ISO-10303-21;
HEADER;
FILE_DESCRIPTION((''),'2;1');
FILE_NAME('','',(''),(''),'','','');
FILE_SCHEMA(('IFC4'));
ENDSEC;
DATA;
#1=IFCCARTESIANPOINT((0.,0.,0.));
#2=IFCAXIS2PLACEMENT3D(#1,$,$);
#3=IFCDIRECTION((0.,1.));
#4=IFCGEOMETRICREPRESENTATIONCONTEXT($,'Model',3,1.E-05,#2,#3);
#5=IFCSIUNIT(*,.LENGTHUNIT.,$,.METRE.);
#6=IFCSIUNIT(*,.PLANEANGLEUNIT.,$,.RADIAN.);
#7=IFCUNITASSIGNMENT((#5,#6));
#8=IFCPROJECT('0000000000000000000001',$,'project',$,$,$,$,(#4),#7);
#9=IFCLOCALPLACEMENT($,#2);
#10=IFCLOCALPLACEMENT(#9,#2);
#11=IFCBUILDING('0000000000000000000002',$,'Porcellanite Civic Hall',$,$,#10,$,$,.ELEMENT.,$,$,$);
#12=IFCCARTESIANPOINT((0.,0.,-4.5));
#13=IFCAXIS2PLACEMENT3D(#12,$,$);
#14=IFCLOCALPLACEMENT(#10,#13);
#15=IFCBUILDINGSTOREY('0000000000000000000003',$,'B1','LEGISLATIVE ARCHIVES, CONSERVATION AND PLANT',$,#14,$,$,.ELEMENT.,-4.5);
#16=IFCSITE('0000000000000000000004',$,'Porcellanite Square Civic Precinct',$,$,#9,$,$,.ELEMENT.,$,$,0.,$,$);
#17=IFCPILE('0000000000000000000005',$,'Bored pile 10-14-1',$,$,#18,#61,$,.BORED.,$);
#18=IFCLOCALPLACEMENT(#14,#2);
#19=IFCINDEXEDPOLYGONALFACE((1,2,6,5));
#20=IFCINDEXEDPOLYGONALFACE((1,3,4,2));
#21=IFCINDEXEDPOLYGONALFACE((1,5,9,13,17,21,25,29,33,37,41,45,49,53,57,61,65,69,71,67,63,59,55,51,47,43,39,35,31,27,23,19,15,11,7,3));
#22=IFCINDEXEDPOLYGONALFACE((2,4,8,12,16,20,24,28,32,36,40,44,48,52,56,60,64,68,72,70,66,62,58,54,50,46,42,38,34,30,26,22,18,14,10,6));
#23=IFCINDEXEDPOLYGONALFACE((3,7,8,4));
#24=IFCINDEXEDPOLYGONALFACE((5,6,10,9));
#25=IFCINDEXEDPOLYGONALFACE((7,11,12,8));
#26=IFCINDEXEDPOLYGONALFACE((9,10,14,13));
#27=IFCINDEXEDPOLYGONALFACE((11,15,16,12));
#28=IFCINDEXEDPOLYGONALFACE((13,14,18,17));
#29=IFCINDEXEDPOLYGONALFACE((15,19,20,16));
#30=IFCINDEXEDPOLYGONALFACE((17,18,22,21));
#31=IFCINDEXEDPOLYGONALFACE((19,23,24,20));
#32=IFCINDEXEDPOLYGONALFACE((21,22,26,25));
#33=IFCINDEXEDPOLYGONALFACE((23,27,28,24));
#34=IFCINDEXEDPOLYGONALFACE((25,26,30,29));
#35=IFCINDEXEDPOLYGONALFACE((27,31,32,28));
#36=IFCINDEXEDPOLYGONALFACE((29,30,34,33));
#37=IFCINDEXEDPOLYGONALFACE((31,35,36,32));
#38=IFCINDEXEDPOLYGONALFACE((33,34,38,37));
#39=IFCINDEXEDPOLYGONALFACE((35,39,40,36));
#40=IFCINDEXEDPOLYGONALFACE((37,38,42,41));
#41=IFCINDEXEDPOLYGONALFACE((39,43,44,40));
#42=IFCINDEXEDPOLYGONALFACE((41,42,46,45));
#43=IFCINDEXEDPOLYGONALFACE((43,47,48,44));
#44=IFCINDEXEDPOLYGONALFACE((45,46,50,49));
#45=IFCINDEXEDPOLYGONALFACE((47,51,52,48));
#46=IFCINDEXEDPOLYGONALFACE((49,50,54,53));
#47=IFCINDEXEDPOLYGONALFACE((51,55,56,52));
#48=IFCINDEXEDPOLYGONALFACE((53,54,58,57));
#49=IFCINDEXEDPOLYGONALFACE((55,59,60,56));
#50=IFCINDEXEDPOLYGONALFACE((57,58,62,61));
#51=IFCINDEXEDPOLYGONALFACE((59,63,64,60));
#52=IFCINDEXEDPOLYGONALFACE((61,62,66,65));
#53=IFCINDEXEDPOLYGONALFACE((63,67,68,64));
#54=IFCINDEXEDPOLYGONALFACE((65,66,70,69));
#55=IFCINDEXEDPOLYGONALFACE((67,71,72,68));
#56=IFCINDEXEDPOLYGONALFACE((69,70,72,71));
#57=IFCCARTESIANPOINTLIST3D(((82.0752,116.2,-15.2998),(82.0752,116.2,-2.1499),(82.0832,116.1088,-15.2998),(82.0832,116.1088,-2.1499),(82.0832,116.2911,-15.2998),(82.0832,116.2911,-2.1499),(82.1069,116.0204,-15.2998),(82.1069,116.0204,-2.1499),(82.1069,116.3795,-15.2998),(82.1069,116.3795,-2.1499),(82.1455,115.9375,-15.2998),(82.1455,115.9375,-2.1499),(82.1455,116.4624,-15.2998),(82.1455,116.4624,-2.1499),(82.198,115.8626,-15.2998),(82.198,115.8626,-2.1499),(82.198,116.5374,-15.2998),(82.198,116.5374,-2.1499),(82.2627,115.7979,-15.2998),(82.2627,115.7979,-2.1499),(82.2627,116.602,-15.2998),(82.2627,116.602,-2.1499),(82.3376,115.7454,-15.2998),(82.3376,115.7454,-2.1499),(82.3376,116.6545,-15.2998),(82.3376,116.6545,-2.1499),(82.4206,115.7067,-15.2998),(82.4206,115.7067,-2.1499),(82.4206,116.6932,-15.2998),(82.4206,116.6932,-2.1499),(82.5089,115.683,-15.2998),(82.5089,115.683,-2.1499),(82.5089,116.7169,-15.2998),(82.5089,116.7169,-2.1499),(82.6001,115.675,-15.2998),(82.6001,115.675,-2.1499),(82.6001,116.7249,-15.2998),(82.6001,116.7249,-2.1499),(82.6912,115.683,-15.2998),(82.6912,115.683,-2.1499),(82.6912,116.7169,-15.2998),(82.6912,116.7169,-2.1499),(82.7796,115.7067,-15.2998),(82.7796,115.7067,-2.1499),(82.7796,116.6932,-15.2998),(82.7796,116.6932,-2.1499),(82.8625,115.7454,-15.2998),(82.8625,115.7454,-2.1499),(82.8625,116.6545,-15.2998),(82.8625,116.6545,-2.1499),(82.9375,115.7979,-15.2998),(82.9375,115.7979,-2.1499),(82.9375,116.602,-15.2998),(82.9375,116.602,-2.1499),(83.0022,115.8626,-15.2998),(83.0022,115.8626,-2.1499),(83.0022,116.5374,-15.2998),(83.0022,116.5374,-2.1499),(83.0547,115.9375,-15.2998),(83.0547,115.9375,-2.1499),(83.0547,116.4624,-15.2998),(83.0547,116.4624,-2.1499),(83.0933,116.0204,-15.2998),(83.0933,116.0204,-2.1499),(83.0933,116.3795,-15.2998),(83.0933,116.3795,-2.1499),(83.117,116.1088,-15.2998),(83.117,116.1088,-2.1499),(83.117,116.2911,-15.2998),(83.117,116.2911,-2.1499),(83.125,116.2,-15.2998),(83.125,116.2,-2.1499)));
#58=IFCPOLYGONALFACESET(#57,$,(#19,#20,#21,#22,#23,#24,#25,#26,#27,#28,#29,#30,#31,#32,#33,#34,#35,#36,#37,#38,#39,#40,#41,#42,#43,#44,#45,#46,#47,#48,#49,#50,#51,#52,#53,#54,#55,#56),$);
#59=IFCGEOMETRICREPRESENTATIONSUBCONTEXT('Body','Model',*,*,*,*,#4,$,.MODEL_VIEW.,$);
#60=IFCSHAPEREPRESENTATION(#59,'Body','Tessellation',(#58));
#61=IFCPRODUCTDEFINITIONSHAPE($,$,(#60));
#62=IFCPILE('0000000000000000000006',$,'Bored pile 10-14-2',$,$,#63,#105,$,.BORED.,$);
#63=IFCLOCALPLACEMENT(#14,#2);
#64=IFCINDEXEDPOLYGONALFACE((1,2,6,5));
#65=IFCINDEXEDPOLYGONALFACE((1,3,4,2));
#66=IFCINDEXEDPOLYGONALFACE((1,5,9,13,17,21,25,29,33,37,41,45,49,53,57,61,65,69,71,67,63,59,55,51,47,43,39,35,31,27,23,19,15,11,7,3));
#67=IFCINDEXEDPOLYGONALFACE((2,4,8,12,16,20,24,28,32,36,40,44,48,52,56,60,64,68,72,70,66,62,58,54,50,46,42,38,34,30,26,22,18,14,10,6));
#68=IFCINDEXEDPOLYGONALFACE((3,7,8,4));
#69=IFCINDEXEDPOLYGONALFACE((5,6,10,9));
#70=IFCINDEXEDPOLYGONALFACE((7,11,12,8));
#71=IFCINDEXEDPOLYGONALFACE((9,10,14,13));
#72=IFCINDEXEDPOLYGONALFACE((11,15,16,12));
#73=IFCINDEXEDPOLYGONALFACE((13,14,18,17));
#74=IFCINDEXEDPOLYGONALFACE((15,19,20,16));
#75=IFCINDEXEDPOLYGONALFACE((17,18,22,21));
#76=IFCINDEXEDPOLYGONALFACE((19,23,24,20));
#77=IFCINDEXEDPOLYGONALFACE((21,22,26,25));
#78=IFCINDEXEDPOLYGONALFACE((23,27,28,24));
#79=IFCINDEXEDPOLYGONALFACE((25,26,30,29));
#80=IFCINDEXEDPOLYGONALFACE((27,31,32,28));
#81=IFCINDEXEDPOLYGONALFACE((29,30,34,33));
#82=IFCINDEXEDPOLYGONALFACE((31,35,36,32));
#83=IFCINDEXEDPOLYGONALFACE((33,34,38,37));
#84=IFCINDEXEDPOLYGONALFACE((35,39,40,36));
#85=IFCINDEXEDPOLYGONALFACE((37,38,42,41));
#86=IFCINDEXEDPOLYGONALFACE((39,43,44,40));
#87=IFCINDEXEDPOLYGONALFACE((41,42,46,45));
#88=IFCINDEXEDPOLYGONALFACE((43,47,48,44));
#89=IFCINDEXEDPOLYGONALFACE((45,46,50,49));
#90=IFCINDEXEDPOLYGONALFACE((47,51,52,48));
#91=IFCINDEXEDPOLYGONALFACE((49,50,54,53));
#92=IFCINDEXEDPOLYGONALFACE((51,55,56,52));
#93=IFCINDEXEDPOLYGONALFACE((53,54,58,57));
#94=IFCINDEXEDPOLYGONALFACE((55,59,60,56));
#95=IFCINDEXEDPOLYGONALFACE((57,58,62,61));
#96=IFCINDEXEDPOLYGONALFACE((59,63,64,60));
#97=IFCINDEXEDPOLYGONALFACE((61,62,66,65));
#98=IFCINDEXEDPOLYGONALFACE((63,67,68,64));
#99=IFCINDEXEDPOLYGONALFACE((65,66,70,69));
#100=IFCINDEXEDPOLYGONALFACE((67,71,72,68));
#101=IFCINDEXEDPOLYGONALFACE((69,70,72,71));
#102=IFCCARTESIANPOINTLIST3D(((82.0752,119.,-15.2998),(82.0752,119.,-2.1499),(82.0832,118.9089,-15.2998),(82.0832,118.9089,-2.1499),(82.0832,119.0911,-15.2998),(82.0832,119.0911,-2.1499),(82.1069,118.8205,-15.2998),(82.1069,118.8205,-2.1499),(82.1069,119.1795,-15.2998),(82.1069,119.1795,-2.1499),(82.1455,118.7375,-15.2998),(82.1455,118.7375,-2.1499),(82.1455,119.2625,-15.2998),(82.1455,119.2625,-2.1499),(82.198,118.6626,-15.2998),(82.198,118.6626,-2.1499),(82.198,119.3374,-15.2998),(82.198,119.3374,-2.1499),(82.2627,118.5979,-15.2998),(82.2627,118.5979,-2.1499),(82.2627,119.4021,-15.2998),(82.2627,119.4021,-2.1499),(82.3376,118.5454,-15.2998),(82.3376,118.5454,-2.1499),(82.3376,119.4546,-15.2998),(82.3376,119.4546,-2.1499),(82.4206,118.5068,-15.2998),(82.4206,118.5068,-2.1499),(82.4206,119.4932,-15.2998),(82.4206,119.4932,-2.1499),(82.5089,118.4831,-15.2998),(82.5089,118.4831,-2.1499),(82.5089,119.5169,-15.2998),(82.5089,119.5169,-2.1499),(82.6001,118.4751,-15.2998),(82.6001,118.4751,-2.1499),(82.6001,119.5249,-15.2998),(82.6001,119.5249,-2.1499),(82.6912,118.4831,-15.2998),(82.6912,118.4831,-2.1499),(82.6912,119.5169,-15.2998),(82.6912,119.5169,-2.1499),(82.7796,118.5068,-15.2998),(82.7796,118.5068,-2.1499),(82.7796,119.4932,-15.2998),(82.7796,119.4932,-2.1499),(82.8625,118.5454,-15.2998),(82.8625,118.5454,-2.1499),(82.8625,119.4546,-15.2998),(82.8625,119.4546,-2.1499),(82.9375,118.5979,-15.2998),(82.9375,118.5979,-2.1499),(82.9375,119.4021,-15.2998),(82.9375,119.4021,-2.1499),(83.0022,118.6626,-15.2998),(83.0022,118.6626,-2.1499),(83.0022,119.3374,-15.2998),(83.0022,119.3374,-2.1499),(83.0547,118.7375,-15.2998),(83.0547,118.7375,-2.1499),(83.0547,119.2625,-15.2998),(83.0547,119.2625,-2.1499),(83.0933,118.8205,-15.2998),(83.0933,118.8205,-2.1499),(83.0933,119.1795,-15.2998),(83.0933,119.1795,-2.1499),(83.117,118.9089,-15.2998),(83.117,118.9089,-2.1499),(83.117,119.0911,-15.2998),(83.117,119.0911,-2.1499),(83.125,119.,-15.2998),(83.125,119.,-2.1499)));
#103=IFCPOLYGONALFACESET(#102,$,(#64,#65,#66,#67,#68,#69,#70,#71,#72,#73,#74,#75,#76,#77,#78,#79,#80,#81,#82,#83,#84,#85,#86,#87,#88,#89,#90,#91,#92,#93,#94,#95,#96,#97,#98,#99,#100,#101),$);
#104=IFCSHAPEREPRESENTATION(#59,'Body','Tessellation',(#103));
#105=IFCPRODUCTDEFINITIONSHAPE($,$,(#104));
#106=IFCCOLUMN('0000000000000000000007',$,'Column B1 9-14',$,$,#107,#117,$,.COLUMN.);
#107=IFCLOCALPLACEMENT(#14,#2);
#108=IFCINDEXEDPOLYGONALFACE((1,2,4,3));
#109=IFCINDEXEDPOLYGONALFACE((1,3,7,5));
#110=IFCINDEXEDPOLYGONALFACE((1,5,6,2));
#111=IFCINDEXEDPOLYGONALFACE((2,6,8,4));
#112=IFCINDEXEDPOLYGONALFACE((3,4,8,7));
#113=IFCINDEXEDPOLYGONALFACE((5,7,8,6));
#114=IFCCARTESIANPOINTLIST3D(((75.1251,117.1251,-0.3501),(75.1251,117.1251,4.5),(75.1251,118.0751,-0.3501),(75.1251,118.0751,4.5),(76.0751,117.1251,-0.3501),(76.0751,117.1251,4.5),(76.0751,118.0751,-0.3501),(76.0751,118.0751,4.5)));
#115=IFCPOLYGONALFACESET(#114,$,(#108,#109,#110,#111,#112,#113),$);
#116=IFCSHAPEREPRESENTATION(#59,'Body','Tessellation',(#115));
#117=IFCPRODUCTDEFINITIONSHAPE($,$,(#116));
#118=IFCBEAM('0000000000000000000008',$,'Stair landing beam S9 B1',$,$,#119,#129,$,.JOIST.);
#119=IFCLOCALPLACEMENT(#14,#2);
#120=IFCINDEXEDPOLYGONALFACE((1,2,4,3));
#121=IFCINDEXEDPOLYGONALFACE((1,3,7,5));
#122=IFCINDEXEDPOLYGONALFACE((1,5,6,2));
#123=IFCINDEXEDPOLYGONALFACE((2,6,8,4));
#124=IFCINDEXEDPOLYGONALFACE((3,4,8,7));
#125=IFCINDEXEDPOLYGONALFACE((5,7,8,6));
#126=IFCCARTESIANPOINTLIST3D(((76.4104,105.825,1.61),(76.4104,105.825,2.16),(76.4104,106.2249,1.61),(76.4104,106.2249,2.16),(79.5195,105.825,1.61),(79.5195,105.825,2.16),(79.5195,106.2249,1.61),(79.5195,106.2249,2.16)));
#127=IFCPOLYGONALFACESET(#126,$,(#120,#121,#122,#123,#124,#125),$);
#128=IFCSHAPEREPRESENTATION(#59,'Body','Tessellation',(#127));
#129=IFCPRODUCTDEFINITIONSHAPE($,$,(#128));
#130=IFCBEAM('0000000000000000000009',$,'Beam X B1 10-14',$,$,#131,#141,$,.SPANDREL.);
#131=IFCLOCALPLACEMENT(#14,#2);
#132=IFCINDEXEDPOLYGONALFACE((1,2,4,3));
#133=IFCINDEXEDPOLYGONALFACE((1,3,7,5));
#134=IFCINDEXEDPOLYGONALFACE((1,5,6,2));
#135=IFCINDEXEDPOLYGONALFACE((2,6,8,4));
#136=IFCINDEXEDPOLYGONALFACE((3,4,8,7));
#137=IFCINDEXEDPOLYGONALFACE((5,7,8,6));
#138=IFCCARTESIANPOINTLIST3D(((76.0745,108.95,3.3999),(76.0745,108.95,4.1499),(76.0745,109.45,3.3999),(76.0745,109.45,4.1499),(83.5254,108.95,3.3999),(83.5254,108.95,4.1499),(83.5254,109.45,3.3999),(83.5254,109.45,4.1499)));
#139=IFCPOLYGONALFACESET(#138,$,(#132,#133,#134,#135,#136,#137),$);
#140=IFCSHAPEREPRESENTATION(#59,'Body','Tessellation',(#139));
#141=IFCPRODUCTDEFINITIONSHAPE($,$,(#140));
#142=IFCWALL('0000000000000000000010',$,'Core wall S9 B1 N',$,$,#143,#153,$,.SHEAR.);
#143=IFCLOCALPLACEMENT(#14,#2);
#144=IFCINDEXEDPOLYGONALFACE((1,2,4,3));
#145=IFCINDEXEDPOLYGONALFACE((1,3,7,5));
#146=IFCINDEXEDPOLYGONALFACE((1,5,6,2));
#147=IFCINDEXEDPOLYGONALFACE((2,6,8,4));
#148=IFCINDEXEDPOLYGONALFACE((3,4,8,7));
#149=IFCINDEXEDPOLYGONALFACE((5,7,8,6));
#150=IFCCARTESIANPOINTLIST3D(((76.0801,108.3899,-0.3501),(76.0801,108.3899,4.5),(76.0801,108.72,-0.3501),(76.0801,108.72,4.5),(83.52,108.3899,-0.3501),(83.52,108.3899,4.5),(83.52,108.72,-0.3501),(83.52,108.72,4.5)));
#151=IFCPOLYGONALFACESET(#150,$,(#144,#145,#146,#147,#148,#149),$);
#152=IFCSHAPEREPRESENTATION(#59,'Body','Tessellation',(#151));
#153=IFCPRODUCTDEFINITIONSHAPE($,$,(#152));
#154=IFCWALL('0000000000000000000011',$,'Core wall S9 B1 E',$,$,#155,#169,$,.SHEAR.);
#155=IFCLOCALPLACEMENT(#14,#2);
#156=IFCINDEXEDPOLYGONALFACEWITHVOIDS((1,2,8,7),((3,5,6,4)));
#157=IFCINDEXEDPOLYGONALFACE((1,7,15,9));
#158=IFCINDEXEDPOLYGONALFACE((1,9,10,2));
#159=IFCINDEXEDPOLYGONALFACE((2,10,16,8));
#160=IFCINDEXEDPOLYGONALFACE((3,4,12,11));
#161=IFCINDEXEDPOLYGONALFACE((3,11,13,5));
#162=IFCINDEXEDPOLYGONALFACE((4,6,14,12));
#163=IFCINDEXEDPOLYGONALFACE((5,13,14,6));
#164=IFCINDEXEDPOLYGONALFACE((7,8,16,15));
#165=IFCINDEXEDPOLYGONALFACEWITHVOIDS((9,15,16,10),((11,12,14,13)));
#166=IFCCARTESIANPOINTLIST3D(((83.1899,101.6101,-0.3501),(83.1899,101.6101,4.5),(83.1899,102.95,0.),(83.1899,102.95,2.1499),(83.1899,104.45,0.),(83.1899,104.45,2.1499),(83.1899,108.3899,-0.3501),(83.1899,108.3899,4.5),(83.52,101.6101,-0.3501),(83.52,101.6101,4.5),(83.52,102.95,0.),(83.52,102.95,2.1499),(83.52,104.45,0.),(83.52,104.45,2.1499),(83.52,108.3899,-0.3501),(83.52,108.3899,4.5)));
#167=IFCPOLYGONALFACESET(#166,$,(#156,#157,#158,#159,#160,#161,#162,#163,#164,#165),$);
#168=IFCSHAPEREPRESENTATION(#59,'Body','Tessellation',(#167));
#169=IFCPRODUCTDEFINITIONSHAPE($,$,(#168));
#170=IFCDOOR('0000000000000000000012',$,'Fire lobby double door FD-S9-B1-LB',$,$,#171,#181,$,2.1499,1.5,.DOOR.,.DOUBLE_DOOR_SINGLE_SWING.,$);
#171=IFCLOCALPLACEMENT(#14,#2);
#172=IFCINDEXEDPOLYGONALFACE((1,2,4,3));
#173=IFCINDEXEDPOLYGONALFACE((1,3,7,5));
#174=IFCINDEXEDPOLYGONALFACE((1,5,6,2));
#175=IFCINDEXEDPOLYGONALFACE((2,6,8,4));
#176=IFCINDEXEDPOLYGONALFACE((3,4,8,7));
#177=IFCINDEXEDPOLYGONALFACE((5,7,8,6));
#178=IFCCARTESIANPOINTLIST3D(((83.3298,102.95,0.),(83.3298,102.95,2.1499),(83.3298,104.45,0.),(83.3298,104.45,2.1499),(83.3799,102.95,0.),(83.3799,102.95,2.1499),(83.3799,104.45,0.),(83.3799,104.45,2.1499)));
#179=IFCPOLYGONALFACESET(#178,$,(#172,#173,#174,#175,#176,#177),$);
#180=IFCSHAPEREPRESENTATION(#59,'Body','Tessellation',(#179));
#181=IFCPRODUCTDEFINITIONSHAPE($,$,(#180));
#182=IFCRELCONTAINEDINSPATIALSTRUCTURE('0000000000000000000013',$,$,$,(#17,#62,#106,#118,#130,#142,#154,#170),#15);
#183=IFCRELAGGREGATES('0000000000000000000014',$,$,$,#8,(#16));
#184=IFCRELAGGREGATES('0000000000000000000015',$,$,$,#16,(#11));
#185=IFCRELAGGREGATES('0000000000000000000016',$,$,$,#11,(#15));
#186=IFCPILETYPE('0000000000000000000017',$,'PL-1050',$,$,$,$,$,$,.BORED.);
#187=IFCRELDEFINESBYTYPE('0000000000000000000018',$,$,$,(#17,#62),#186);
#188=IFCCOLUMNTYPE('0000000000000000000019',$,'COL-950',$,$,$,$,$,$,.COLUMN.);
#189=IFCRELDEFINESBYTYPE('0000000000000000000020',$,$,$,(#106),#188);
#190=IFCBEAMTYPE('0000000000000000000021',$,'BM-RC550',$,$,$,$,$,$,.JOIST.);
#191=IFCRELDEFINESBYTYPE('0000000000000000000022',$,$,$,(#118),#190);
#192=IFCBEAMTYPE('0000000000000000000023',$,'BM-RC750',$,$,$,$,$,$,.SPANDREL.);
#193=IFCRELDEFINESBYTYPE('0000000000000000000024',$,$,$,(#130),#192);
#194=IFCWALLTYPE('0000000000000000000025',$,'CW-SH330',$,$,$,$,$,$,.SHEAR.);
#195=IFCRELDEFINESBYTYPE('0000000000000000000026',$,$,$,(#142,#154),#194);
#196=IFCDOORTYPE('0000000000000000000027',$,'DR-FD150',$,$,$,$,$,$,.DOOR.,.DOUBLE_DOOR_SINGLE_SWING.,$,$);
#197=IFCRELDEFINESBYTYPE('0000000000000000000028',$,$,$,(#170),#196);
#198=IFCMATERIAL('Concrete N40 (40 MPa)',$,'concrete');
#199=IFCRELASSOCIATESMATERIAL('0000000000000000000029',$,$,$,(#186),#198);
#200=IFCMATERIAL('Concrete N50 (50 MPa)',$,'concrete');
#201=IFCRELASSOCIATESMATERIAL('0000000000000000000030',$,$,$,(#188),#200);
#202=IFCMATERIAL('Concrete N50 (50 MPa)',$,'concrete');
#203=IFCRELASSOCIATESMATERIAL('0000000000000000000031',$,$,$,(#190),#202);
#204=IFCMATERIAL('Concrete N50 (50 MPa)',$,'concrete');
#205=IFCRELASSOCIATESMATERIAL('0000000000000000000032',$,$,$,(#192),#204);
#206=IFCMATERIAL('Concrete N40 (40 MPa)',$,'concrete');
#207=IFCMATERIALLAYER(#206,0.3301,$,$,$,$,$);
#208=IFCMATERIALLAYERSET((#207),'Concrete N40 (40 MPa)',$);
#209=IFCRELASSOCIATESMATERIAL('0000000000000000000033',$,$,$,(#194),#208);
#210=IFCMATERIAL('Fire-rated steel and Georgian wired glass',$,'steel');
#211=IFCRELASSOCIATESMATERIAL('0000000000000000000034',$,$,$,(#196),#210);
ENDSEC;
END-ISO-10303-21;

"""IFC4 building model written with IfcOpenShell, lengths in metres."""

from ifc_helpers import new_model, si_unit, direction, frame, frame_2d, origin, origin_2d, place, context, subcontext, project, spatial, rectangle, circle, extrude, material, layer, layer_set, material_profile, profile_set, type_object, element, fill, save


model = new_model("IFC4")

# Units and contexts
model_context = context("Model", 3, precision=1e-05, world=origin(), true_north=direction((0.0, 1.0)))
body_context = subcontext(model_context, "Body", "Model", "MODEL_VIEW")
ifc_project = project(units=[si_unit("LENGTHUNIT", "METRE"), si_unit("PLANEANGLEUNIT", "RADIAN")], contexts=[model_context])

# Site, building, storey
site_placement = place(None, origin())
site = spatial("IfcSite", under=ifc_project, at=site_placement, Name="Porcellanite Square Civic Precinct", CompositionType="ELEMENT", RefElevation=0.0)
building_placement = place(site_placement, origin())
building = spatial("IfcBuilding", under=site, at=building_placement, Name="Porcellanite Civic Hall", CompositionType="ELEMENT")
storey_placement = place(building_placement, frame((0.0, 0.0, -4.5)))
storey = spatial("IfcBuildingStorey", under=building, at=storey_placement, Name="B1", Description="LEGISLATIVE ARCHIVES, CONSERVATION AND PLANT", CompositionType="ELEMENT", Elevation=-4.5)

# Piles
ifc_material_1 = material(Name="Concrete N40 (40 MPa)", Category="concrete")
ifc_material_profile_1 = material_profile(ifc_material_1, circle(Radius=0.5249, at=origin_2d()), Name="PILE-D1050")
ifc_profile_set_1 = profile_set([ifc_material_profile_1], Name="Concrete N40 (40 MPa)")
pile_type = type_object("IfcPileType", Name="PL-1050", PredefinedType="BORED", material=ifc_profile_set_1)
for number, where, z_axis, x_axis, name in (
    (1, (82.6001, 116.2, -2.1499), (0.0, 0.0, -1.0), (1.0, 0.0, 0.0), "Bored pile 10-14-1"),
    (2, (82.6001, 119.0, -2.1499), (0.0, 0.0, -1.0), (1.0, 0.0, 0.0), "Bored pile 10-14-2"),
):
    element("IfcPile", number, at=place(storey_placement, frame(where, z_axis=z_axis, x_axis=x_axis)), inside=storey, type_object=pile_type, Name=name, PredefinedType="BORED", context=body_context, shape_type="SweptSolid", body=[
        extrude(circle(Radius=0.5249, at=origin_2d()), origin(), (0.0, 0.0, 1.0), 13.1499),
    ])

# Column
ifc_material_2 = material(Name="Concrete N50 (50 MPa)", Category="concrete")
ifc_material_profile_2 = material_profile(ifc_material_2, rectangle(XDim=0.95, YDim=0.95, at=origin_2d()), Name="RC-950x950")
ifc_profile_set_2 = profile_set([ifc_material_profile_2], Name="Concrete N50 (50 MPa)")
column_type = type_object("IfcColumnType", Name="COL-950", PredefinedType="COLUMN", material=ifc_profile_set_2)
column_placement = place(storey_placement, frame((75.6001, 117.6001, -0.3501), z_axis=(0.0, 0.0, 1.0), x_axis=(1.0, 0.0, 0.0)))
element("IfcColumn", 3, at=column_placement, inside=storey, type_object=column_type, Name="Column B1 9-14", PredefinedType="COLUMN", context=body_context, shape_type="SweptSolid", body=[
    extrude(rectangle(XDim=0.95, YDim=0.95, at=origin_2d()), origin(), (0.0, 0.0, 1.0), 4.8501),
])

# Beams
ifc_material_3 = material(Name="Concrete N50 (50 MPa)", Category="concrete")
ifc_material_profile_3 = material_profile(ifc_material_3, rectangle(XDim=0.3999, YDim=0.55, at=origin_2d()), Name="RC-400x550")
ifc_profile_set_3 = profile_set([ifc_material_profile_3], Name="Concrete N50 (50 MPa)")
beam_type_1 = type_object("IfcBeamType", Name="BM-RC550", PredefinedType="JOIST", material=ifc_profile_set_3)
beam_1_placement = place(storey_placement, frame((76.4104, 106.0249, 1.885), z_axis=(1.0, 0.0, 0.0), x_axis=(0.0, 1.0, 0.0)))
element("IfcBeam", 4, at=beam_1_placement, inside=storey, type_object=beam_type_1, Name="Stair landing beam S9 B1", PredefinedType="JOIST", context=body_context, shape_type="SweptSolid", body=[
    extrude(rectangle(XDim=0.3999, YDim=0.55, at=origin_2d()), origin(), (0.0, 0.0, 1.0), 3.1091),
])
ifc_material_4 = material(Name="Concrete N50 (50 MPa)", Category="concrete")
ifc_material_profile_4 = material_profile(ifc_material_4, rectangle(XDim=0.5, YDim=0.75, at=origin_2d()), Name="RC-500x750")
ifc_profile_set_4 = profile_set([ifc_material_profile_4], Name="Concrete N50 (50 MPa)")
beam_type_2 = type_object("IfcBeamType", Name="BM-RC750", PredefinedType="SPANDREL", material=ifc_profile_set_4)
beam_2_placement = place(storey_placement, frame((76.0745, 109.2, 3.7749), z_axis=(1.0, 0.0, 0.0), x_axis=(0.0, 1.0, 0.0)))
element("IfcBeam", 5, at=beam_2_placement, inside=storey, type_object=beam_type_2, Name="Beam X B1 10-14", PredefinedType="SPANDREL", context=body_context, shape_type="SweptSolid", body=[
    extrude(rectangle(XDim=0.5, YDim=0.75, at=origin_2d()), origin(), (0.0, 0.0, 1.0), 7.4509),
])

# Wall
ifc_material_5 = material(Name="Concrete N40 (40 MPa)", Category="concrete")
ifc_layer_1 = layer(ifc_material_5, 0.3301)
ifc_layer_set_1 = layer_set([ifc_layer_1], Name="Concrete N40 (40 MPa)")
wall_type_1 = type_object("IfcWallType", Name="CW-SH330", PredefinedType="SHEAR", material=ifc_layer_set_1)
wall_1_placement = place(storey_placement, frame((76.0801, 108.5549, -0.3501), z_axis=(0.0, 0.0, 1.0), x_axis=(1.0, 0.0, 0.0)))
element("IfcWall", 6, at=wall_1_placement, inside=storey, type_object=wall_type_1, Name="Core wall S9 B1 N", PredefinedType="SHEAR", context=body_context, shape_type="SweptSolid", body=[
    extrude(rectangle(XDim=7.4399, YDim=0.3301, at=frame_2d((3.72, 0.0))), origin(), (0.0, 0.0, 1.0), 4.8501),
])

# Wall, opening, door
wall_2_placement = place(storey_placement, frame((83.355, 108.3899, -0.3501), z_axis=(0.0, 0.0, 1.0), x_axis=(0.0, -1.0, 0.0)))
wall_2 = element("IfcWall", 7, at=wall_2_placement, inside=storey, type_object=wall_type_1, Name="Core wall S9 B1 E", PredefinedType="SHEAR", context=body_context, shape_type="SweptSolid", body=[
    extrude(rectangle(XDim=6.7798, YDim=0.3301, at=frame_2d((3.3899, 0.0))), origin(), (0.0, 0.0, 1.0), 4.8501),
])
opening_placement = place(wall_2_placement, frame((3.9399, 0.0, 0.3501)))
opening = element("IfcOpeningElement", 8, at=opening_placement, cuts=wall_2, PredefinedType="OPENING", context=body_context, shape_type="SweptSolid", body=[
    extrude(rectangle(XDim=1.5, YDim=2.1499, at=frame_2d((0.75, 1.075))), frame((0.0, 0.165, 0.0), z_axis=(0.0, -1.0, 0.0), x_axis=(1.0, 0.0, 0.0)), (0.0, 0.0, 1.0), 0.3301),
])
ifc_material_6 = material(Name="Fire-rated steel and Georgian wired glass", Category="steel")
door_type = type_object("IfcDoorType", Name="DR-FD150", OperationType="DOUBLE_DOOR_SINGLE_SWING", PredefinedType="DOOR", material=ifc_material_6)
door_placement = place(opening_placement, origin())
door = element("IfcDoor", 9, at=door_placement, inside=storey, type_object=door_type, Name="Fire lobby double door FD-S9-B1-LB", OperationType="DOUBLE_DOOR_SINGLE_SWING", OverallHeight=2.1499, OverallWidth=1.5, PredefinedType="DOOR", context=body_context, shape_type="SweptSolid", body=[
    extrude(rectangle(XDim=1.5, YDim=2.1499, at=frame_2d((0.75, 1.075))), frame((0.0, 0.0249, 0.0), z_axis=(0.0, -1.0, 0.0), x_axis=(1.0, 0.0, 0.0)), (0.0, 0.0, 1.0), 0.05),
])
fill(opening, door)

save(model, "model.ifc")
